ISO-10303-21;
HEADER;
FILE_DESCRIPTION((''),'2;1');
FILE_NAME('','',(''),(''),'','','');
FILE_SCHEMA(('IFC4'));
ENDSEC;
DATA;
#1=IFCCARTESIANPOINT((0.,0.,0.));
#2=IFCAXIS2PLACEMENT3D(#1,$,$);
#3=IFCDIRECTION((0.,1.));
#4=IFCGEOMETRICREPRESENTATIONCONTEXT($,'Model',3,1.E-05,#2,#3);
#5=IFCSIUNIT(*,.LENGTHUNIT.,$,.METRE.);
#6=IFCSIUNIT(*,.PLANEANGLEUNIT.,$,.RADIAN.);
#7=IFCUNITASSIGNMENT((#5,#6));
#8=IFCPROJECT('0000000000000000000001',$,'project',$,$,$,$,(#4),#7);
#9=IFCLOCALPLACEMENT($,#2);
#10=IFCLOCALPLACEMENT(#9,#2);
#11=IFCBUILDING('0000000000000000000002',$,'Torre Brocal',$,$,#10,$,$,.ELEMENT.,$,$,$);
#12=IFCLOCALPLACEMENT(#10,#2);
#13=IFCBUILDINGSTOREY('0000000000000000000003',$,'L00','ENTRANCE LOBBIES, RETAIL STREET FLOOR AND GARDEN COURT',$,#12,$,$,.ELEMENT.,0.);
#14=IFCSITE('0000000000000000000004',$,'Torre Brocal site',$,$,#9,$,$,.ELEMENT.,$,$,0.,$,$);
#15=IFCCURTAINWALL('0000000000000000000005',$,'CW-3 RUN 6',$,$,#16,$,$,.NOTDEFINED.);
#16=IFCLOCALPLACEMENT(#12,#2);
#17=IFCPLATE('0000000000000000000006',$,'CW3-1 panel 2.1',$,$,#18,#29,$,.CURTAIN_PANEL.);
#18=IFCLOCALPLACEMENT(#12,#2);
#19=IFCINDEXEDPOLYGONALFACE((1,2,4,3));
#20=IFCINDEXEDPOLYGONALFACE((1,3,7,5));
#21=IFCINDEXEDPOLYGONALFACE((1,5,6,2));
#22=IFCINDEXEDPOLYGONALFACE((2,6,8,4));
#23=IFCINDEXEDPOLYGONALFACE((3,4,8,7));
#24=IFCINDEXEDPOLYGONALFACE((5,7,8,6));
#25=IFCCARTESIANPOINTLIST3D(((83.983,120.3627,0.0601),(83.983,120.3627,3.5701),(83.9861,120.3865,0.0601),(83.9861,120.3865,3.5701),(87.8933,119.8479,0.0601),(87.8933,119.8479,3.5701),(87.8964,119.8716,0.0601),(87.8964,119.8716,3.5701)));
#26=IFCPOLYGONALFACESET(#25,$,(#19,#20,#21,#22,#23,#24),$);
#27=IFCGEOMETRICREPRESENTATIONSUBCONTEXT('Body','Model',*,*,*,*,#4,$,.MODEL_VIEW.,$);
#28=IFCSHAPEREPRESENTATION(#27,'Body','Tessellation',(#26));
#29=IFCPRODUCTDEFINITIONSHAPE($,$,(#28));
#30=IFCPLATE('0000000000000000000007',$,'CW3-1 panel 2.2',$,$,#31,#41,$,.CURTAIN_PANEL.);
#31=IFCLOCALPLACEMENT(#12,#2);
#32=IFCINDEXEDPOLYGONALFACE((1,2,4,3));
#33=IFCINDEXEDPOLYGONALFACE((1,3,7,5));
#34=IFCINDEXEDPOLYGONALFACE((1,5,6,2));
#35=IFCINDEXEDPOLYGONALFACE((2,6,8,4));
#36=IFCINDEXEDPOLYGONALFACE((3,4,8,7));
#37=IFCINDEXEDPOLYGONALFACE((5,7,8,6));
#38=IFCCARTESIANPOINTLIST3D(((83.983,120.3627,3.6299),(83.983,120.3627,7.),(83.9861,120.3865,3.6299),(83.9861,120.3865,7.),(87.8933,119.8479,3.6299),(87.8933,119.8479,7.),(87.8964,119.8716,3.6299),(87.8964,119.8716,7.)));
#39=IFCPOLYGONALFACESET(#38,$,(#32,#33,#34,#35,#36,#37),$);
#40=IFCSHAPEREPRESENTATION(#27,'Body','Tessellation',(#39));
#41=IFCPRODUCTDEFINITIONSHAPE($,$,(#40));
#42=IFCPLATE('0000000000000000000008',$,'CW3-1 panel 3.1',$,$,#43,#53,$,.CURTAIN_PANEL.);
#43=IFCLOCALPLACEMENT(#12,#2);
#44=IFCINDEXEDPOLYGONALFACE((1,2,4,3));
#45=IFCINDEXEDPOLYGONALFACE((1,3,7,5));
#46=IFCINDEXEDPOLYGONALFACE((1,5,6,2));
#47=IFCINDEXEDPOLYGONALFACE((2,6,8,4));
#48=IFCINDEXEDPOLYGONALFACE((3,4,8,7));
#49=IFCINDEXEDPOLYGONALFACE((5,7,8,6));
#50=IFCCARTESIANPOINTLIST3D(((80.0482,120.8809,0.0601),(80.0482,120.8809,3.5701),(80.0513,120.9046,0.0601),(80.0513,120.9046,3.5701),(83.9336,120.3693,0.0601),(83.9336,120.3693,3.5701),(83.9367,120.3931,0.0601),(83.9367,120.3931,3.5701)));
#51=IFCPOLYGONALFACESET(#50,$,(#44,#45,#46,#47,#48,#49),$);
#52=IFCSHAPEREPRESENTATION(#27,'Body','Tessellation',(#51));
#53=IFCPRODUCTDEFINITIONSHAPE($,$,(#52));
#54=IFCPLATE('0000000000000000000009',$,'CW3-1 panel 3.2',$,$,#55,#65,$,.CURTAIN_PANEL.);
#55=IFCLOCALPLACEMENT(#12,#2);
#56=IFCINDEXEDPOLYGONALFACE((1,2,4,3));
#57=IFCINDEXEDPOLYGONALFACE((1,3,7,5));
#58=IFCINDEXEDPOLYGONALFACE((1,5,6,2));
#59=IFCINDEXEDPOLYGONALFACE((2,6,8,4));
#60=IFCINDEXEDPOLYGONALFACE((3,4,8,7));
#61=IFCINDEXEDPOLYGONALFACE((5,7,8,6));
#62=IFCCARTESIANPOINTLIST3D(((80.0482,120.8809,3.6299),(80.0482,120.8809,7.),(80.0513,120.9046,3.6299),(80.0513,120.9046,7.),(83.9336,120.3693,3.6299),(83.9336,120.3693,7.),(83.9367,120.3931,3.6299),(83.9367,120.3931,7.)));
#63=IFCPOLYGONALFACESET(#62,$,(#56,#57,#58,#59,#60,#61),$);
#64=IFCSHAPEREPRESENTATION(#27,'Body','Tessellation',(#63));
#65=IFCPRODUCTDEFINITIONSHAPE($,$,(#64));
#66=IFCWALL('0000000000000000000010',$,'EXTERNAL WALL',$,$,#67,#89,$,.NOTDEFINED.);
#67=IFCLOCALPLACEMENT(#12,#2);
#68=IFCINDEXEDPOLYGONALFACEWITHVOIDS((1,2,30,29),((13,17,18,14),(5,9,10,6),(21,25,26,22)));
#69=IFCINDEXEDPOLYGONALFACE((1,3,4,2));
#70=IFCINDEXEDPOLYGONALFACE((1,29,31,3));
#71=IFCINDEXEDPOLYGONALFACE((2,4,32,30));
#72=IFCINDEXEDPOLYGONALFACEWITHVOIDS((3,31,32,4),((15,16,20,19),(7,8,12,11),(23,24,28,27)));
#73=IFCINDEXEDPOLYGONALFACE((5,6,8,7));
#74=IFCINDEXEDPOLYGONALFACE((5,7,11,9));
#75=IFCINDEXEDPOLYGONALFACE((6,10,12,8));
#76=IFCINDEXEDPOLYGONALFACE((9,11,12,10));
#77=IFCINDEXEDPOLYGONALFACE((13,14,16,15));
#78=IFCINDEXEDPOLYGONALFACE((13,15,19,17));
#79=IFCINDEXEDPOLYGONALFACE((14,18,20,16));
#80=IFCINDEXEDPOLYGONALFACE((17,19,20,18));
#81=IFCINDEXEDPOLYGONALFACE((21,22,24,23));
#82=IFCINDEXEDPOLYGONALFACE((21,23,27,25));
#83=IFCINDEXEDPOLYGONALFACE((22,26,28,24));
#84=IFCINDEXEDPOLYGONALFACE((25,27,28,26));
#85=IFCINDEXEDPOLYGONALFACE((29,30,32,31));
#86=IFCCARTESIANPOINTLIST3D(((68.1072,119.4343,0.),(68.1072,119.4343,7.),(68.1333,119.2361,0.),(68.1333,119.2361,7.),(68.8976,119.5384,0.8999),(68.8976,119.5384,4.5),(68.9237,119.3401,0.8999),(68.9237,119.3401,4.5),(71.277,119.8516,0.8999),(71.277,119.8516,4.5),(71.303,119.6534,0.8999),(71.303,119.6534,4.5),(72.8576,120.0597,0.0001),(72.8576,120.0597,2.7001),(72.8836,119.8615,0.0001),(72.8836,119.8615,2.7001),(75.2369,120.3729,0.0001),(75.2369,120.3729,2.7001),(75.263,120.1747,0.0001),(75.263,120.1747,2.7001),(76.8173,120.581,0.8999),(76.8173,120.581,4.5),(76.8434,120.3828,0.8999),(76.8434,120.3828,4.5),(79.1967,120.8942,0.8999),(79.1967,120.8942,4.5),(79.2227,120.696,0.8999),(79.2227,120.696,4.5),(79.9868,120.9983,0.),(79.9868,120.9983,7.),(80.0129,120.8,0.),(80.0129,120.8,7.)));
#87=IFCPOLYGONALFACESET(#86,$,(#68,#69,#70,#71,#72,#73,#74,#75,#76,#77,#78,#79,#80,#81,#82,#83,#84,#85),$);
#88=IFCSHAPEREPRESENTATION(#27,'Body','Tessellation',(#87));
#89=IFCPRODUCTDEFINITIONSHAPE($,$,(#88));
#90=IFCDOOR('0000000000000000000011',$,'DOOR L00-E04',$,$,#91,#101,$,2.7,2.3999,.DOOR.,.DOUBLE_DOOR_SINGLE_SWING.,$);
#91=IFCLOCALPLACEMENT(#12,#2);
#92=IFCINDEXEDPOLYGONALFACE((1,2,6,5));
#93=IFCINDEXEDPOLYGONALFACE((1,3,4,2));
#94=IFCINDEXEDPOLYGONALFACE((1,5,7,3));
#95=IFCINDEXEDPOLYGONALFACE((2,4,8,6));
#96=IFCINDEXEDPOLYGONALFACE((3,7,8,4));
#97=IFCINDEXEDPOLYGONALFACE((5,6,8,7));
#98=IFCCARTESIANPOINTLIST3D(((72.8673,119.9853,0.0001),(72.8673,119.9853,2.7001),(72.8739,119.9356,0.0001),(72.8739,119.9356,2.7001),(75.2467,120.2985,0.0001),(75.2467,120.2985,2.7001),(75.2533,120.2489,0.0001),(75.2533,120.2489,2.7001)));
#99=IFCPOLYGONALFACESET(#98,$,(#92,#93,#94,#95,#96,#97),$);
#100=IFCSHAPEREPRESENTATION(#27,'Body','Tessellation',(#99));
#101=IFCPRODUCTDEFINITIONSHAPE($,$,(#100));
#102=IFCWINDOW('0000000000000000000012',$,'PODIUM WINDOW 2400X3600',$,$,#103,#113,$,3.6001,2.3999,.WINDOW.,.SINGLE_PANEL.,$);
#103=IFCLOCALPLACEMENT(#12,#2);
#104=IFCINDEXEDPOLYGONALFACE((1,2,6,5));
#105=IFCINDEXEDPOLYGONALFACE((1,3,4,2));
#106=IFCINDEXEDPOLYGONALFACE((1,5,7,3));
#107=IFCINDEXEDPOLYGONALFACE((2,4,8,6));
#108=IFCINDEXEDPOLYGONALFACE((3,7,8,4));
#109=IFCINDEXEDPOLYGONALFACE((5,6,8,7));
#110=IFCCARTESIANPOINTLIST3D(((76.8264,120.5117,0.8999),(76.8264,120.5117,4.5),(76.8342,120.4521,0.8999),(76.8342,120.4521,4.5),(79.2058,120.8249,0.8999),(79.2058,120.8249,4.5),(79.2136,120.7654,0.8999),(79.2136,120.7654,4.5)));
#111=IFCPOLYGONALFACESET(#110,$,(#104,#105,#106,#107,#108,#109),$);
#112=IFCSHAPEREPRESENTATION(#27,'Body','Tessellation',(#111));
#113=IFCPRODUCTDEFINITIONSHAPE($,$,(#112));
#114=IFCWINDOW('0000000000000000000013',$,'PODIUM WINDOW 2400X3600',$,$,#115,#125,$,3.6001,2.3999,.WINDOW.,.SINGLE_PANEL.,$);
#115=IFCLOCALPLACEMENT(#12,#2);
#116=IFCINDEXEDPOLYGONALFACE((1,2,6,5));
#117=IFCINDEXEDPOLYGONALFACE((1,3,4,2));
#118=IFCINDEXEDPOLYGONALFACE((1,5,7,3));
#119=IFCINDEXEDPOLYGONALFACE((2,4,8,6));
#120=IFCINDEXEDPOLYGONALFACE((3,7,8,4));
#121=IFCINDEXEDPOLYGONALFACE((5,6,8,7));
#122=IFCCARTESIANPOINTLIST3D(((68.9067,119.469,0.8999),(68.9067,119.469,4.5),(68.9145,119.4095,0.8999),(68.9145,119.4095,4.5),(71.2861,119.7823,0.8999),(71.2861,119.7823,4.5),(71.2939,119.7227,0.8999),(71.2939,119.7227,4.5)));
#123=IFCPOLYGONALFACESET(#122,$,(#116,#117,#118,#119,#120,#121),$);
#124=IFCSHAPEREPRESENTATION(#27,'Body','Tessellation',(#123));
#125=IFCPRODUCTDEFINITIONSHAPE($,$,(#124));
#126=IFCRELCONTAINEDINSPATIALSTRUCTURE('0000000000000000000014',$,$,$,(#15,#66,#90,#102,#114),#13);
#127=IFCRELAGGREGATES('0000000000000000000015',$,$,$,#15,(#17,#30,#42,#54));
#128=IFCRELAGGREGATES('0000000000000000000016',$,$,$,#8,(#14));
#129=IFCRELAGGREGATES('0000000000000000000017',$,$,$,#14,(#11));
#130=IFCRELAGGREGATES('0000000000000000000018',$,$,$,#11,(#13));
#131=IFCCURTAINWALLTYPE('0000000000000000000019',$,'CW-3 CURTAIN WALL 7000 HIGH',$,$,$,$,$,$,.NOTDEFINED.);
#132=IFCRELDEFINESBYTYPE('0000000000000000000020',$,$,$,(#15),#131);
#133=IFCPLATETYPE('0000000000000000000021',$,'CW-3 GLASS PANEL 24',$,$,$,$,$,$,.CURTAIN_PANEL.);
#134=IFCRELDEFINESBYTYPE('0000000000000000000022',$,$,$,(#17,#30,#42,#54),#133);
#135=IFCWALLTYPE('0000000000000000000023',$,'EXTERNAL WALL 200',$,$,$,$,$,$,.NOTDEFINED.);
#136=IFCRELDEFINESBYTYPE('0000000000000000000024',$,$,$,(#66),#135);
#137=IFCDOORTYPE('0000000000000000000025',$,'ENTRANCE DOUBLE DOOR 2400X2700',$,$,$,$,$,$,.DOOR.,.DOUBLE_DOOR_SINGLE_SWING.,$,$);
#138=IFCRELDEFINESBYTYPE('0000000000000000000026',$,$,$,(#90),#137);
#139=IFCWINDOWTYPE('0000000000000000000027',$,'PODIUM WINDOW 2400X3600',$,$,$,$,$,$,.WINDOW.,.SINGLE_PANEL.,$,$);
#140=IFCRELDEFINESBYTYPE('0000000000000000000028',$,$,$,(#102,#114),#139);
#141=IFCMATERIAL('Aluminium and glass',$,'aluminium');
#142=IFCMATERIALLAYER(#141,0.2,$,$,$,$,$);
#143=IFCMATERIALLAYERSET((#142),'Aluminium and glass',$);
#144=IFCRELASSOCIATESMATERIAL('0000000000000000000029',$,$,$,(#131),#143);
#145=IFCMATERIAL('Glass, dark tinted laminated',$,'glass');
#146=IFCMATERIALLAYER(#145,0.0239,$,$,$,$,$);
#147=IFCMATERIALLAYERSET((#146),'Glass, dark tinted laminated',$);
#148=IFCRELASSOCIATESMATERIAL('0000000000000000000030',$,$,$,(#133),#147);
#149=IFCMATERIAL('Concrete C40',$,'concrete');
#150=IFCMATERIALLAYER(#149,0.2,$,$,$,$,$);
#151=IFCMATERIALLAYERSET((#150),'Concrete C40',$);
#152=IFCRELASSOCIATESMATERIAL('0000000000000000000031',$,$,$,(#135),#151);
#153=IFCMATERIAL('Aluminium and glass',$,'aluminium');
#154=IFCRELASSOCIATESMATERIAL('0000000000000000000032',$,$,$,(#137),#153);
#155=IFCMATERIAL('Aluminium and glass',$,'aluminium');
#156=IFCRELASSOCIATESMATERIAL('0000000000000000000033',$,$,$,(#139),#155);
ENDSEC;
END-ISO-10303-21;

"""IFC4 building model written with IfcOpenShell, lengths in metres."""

from ifc_helpers import new_model, si_unit, direction, frame, frame_2d, origin, origin_2d, place, context, subcontext, project, spatial, rectangle, extrude, material, layer, layer_set, type_object, element, fill, aggregate, save


model = new_model("IFC4")

# Units and contexts
model_context = context("Model", 3, precision=1e-05, world=origin(), true_north=direction((0.0, 1.0)))
body_context = subcontext(model_context, "Body", "Model", "MODEL_VIEW")
ifc_project = project(units=[si_unit("LENGTHUNIT", "METRE"), si_unit("PLANEANGLEUNIT", "RADIAN")], contexts=[model_context])

# Site, building, storey
site_placement = place(None, origin())
site = spatial("IfcSite", under=ifc_project, at=site_placement, Name="Torre Brocal site", CompositionType="ELEMENT", RefElevation=0.0)
building_placement = place(site_placement, origin())
building = spatial("IfcBuilding", under=site, at=building_placement, Name="Torre Brocal", CompositionType="ELEMENT")
storey_placement = place(building_placement, origin())
storey = spatial("IfcBuildingStorey", under=building, at=storey_placement, Name="L00", Description="ENTRANCE LOBBIES, RETAIL STREET FLOOR AND GARDEN COURT", CompositionType="ELEMENT", Elevation=0.0)

# Curtain wall
ifc_material_1 = material(Name="Aluminium and glass", Category="aluminium")
ifc_layer_1 = layer(ifc_material_1, 0.2)
ifc_layer_set_1 = layer_set([ifc_layer_1], Name="Aluminium and glass")
curtain_wall_type = type_object("IfcCurtainWallType", Name="CW-3 CURTAIN WALL 7000 HIGH", PredefinedType="NOTDEFINED", material=ifc_layer_set_1)
curtain_wall_placement = place(storey_placement, origin())
curtain_wall = element("IfcCurtainWall", 1, at=curtain_wall_placement, inside=storey, type_object=curtain_wall_type, Name="CW-3 RUN 6", PredefinedType="NOTDEFINED")

# Plates
ifc_material_2 = material(Name="Glass, dark tinted laminated", Category="glass")
ifc_layer_2 = layer(ifc_material_2, 0.0239)
ifc_layer_set_2 = layer_set([ifc_layer_2], Name="Glass, dark tinted laminated")
plate_type = type_object("IfcPlateType", Name="CW-3 GLASS PANEL 24", PredefinedType="CURTAIN_PANEL", material=ifc_layer_set_2)
plate_1_placement = place(storey_placement, frame((85.9397, 120.1172, 0.0601), z_axis=(0.0, 0.0, 1.0), x_axis=(-0.991445, 0.130526, 0.0)))
plate_1 = element("IfcPlate", 2, at=plate_1_placement, type_object=plate_type, Name="CW3-1 panel 2.1", PredefinedType="CURTAIN_PANEL", context=body_context, shape_type="SweptSolid", body=[
    extrude(rectangle(XDim=3.9441, YDim=0.0239, at=origin_2d()), origin(), (0.0, 0.0, 1.0), 3.51),
])
plate_2_placement = place(storey_placement, frame((85.9397, 120.1172, 3.6299), z_axis=(0.0, 0.0, 1.0), x_axis=(-0.991445, 0.130526, 0.0)))
plate_2 = element("IfcPlate", 3, at=plate_2_placement, type_object=plate_type, Name="CW3-1 panel 2.2", PredefinedType="CURTAIN_PANEL", context=body_context, shape_type="SweptSolid", body=[
    extrude(rectangle(XDim=3.9441, YDim=0.0239, at=origin_2d()), origin(), (0.0, 0.0, 1.0), 3.3701),
])
plate_3_placement = place(storey_placement, frame((81.9924, 120.637, 0.0601), z_axis=(0.0, 0.0, 1.0), x_axis=(-0.991445, 0.130526, 0.0)))
plate_3 = element("IfcPlate", 4, at=plate_3_placement, type_object=plate_type, Name="CW3-1 panel 3.1", PredefinedType="CURTAIN_PANEL", context=body_context, shape_type="SweptSolid", body=[
    extrude(rectangle(XDim=3.9189, YDim=0.0239, at=origin_2d()), origin(), (0.0, 0.0, 1.0), 3.51),
])
plate_4_placement = place(storey_placement, frame((81.9924, 120.637, 3.6299), z_axis=(0.0, 0.0, 1.0), x_axis=(-0.991445, 0.130526, 0.0)))
plate_4 = element("IfcPlate", 5, at=plate_4_placement, type_object=plate_type, Name="CW3-1 panel 3.2", PredefinedType="CURTAIN_PANEL", context=body_context, shape_type="SweptSolid", body=[
    extrude(rectangle(XDim=3.9189, YDim=0.0239, at=origin_2d()), origin(), (0.0, 0.0, 1.0), 3.3701),
])
aggregate(curtain_wall, [plate_1, plate_2, plate_3, plate_4])

# Wall, openings, door, windows
ifc_material_3 = material(Name="Concrete C40", Category="concrete")
ifc_layer_3 = layer(ifc_material_3, 0.2)
ifc_layer_set_3 = layer_set([ifc_layer_3], Name="Concrete C40")
wall_type = type_object("IfcWallType", Name="EXTERNAL WALL 200", PredefinedType="NOTDEFINED", material=ifc_layer_set_3)
wall_placement = place(storey_placement, frame((80.0, 120.8992, 0.0), z_axis=(0.0, 0.0, 1.0), x_axis=(-0.991445, -0.130525, 0.0)))
wall = element("IfcWall", 6, at=wall_placement, inside=storey, type_object=wall_type, Name="EXTERNAL WALL", PredefinedType="NOTDEFINED", context=body_context, shape_type="SweptSolid", body=[
    extrude(rectangle(XDim=11.9822, YDim=0.2, at=frame_2d((5.9912, 0.0))), origin(), (0.0, 0.0, 1.0), 7.0),
])
opening_1_placement = place(wall_placement, frame((0.7971, 0.0, 0.8999)))
opening_1 = element("IfcOpeningElement", 7, at=opening_1_placement, cuts=wall, PredefinedType="OPENING", context=body_context, shape_type="SweptSolid", body=[
    extrude(rectangle(XDim=2.3999, YDim=3.6001, at=frame_2d((1.2, 1.8))), frame((0.0, 0.1099, 0.0), z_axis=(0.0, -1.0, 0.0), x_axis=(1.0, 0.0, 0.0)), (0.0, 0.0, 1.0), 0.22),
])
opening_2_placement = place(wall_placement, frame((4.791, 0.0, 0.0)))
opening_2 = element("IfcOpeningElement", 8, at=opening_2_placement, cuts=wall, PredefinedType="OPENING", context=body_context, shape_type="SweptSolid", body=[
    extrude(rectangle(XDim=2.3999, YDim=2.7, at=frame_2d((1.2, 1.3501))), frame((0.0, 0.1099, 0.0), z_axis=(0.0, -1.0, 0.0), x_axis=(1.0, 0.0, 0.0)), (0.0, 0.0, 1.0), 0.22),
])
opening_3_placement = place(wall_placement, frame((8.7852, 0.0, 0.8999)))
opening_3 = element("IfcOpeningElement", 9, at=opening_3_placement, cuts=wall, PredefinedType="OPENING", context=body_context, shape_type="SweptSolid", body=[
    extrude(rectangle(XDim=2.3999, YDim=3.6001, at=frame_2d((1.2, 1.8))), frame((0.0, 0.1099, 0.0), z_axis=(0.0, -1.0, 0.0), x_axis=(1.0, 0.0, 0.0)), (0.0, 0.0, 1.0), 0.22),
])
ifc_material_4 = material(Name="Aluminium and glass", Category="aluminium")
door_type = type_object("IfcDoorType", Name="ENTRANCE DOUBLE DOOR 2400X2700", OperationType="DOUBLE_DOOR_SINGLE_SWING", PredefinedType="DOOR", material=ifc_material_4)
door_placement = place(opening_2_placement, frame((2.3999, 0.0, 0.0), z_axis=(0.0, 0.0, 1.0), x_axis=(-1.0, 0.0, 0.0)))
door = element("IfcDoor", 10, at=door_placement, inside=storey, type_object=door_type, Name="DOOR L00-E04", OperationType="DOUBLE_DOOR_SINGLE_SWING", OverallHeight=2.7, OverallWidth=2.3999, PredefinedType="DOOR", context=body_context, shape_type="SweptSolid", body=[
    extrude(rectangle(XDim=2.3999, YDim=2.7, at=frame_2d((1.2, 1.3501))), frame((0.0, 0.0249, 0.0), z_axis=(0.0, -1.0, 0.0), x_axis=(1.0, 0.0, 0.0)), (0.0, 0.0, 1.0), 0.05),
])
fill(opening_2, door)
ifc_material_5 = material(Name="Aluminium and glass", Category="aluminium")
window_type = type_object("IfcWindowType", Name="PODIUM WINDOW 2400X3600", PartitioningType="SINGLE_PANEL", PredefinedType="WINDOW", material=ifc_material_5)
window_1_placement = place(opening_1_placement, origin())
window_1 = element("IfcWindow", 11, at=window_1_placement, inside=storey, type_object=window_type, Name="PODIUM WINDOW 2400X3600", OverallHeight=3.6001, OverallWidth=2.3999, PartitioningType="SINGLE_PANEL", PredefinedType="WINDOW", context=body_context, shape_type="SweptSolid", body=[
    extrude(rectangle(XDim=2.3999, YDim=3.6001, at=frame_2d((1.2, 1.8))), frame((0.0, 0.03, 0.0), z_axis=(0.0, -1.0, 0.0), x_axis=(1.0, 0.0, 0.0)), (0.0, 0.0, 1.0), 0.0601),
])
fill(opening_1, window_1)
window_2_placement = place(opening_3_placement, origin())
window_2 = element("IfcWindow", 12, at=window_2_placement, inside=storey, type_object=window_type, Name="PODIUM WINDOW 2400X3600", OverallHeight=3.6001, OverallWidth=2.3999, PartitioningType="SINGLE_PANEL", PredefinedType="WINDOW", context=body_context, shape_type="SweptSolid", body=[
    extrude(rectangle(XDim=2.3999, YDim=3.6001, at=frame_2d((1.2, 1.8))), frame((0.0, 0.03, 0.0), z_axis=(0.0, -1.0, 0.0), x_axis=(1.0, 0.0, 0.0)), (0.0, 0.0, 1.0), 0.0601),
])
fill(opening_3, window_2)

save(model, "model.ifc")
